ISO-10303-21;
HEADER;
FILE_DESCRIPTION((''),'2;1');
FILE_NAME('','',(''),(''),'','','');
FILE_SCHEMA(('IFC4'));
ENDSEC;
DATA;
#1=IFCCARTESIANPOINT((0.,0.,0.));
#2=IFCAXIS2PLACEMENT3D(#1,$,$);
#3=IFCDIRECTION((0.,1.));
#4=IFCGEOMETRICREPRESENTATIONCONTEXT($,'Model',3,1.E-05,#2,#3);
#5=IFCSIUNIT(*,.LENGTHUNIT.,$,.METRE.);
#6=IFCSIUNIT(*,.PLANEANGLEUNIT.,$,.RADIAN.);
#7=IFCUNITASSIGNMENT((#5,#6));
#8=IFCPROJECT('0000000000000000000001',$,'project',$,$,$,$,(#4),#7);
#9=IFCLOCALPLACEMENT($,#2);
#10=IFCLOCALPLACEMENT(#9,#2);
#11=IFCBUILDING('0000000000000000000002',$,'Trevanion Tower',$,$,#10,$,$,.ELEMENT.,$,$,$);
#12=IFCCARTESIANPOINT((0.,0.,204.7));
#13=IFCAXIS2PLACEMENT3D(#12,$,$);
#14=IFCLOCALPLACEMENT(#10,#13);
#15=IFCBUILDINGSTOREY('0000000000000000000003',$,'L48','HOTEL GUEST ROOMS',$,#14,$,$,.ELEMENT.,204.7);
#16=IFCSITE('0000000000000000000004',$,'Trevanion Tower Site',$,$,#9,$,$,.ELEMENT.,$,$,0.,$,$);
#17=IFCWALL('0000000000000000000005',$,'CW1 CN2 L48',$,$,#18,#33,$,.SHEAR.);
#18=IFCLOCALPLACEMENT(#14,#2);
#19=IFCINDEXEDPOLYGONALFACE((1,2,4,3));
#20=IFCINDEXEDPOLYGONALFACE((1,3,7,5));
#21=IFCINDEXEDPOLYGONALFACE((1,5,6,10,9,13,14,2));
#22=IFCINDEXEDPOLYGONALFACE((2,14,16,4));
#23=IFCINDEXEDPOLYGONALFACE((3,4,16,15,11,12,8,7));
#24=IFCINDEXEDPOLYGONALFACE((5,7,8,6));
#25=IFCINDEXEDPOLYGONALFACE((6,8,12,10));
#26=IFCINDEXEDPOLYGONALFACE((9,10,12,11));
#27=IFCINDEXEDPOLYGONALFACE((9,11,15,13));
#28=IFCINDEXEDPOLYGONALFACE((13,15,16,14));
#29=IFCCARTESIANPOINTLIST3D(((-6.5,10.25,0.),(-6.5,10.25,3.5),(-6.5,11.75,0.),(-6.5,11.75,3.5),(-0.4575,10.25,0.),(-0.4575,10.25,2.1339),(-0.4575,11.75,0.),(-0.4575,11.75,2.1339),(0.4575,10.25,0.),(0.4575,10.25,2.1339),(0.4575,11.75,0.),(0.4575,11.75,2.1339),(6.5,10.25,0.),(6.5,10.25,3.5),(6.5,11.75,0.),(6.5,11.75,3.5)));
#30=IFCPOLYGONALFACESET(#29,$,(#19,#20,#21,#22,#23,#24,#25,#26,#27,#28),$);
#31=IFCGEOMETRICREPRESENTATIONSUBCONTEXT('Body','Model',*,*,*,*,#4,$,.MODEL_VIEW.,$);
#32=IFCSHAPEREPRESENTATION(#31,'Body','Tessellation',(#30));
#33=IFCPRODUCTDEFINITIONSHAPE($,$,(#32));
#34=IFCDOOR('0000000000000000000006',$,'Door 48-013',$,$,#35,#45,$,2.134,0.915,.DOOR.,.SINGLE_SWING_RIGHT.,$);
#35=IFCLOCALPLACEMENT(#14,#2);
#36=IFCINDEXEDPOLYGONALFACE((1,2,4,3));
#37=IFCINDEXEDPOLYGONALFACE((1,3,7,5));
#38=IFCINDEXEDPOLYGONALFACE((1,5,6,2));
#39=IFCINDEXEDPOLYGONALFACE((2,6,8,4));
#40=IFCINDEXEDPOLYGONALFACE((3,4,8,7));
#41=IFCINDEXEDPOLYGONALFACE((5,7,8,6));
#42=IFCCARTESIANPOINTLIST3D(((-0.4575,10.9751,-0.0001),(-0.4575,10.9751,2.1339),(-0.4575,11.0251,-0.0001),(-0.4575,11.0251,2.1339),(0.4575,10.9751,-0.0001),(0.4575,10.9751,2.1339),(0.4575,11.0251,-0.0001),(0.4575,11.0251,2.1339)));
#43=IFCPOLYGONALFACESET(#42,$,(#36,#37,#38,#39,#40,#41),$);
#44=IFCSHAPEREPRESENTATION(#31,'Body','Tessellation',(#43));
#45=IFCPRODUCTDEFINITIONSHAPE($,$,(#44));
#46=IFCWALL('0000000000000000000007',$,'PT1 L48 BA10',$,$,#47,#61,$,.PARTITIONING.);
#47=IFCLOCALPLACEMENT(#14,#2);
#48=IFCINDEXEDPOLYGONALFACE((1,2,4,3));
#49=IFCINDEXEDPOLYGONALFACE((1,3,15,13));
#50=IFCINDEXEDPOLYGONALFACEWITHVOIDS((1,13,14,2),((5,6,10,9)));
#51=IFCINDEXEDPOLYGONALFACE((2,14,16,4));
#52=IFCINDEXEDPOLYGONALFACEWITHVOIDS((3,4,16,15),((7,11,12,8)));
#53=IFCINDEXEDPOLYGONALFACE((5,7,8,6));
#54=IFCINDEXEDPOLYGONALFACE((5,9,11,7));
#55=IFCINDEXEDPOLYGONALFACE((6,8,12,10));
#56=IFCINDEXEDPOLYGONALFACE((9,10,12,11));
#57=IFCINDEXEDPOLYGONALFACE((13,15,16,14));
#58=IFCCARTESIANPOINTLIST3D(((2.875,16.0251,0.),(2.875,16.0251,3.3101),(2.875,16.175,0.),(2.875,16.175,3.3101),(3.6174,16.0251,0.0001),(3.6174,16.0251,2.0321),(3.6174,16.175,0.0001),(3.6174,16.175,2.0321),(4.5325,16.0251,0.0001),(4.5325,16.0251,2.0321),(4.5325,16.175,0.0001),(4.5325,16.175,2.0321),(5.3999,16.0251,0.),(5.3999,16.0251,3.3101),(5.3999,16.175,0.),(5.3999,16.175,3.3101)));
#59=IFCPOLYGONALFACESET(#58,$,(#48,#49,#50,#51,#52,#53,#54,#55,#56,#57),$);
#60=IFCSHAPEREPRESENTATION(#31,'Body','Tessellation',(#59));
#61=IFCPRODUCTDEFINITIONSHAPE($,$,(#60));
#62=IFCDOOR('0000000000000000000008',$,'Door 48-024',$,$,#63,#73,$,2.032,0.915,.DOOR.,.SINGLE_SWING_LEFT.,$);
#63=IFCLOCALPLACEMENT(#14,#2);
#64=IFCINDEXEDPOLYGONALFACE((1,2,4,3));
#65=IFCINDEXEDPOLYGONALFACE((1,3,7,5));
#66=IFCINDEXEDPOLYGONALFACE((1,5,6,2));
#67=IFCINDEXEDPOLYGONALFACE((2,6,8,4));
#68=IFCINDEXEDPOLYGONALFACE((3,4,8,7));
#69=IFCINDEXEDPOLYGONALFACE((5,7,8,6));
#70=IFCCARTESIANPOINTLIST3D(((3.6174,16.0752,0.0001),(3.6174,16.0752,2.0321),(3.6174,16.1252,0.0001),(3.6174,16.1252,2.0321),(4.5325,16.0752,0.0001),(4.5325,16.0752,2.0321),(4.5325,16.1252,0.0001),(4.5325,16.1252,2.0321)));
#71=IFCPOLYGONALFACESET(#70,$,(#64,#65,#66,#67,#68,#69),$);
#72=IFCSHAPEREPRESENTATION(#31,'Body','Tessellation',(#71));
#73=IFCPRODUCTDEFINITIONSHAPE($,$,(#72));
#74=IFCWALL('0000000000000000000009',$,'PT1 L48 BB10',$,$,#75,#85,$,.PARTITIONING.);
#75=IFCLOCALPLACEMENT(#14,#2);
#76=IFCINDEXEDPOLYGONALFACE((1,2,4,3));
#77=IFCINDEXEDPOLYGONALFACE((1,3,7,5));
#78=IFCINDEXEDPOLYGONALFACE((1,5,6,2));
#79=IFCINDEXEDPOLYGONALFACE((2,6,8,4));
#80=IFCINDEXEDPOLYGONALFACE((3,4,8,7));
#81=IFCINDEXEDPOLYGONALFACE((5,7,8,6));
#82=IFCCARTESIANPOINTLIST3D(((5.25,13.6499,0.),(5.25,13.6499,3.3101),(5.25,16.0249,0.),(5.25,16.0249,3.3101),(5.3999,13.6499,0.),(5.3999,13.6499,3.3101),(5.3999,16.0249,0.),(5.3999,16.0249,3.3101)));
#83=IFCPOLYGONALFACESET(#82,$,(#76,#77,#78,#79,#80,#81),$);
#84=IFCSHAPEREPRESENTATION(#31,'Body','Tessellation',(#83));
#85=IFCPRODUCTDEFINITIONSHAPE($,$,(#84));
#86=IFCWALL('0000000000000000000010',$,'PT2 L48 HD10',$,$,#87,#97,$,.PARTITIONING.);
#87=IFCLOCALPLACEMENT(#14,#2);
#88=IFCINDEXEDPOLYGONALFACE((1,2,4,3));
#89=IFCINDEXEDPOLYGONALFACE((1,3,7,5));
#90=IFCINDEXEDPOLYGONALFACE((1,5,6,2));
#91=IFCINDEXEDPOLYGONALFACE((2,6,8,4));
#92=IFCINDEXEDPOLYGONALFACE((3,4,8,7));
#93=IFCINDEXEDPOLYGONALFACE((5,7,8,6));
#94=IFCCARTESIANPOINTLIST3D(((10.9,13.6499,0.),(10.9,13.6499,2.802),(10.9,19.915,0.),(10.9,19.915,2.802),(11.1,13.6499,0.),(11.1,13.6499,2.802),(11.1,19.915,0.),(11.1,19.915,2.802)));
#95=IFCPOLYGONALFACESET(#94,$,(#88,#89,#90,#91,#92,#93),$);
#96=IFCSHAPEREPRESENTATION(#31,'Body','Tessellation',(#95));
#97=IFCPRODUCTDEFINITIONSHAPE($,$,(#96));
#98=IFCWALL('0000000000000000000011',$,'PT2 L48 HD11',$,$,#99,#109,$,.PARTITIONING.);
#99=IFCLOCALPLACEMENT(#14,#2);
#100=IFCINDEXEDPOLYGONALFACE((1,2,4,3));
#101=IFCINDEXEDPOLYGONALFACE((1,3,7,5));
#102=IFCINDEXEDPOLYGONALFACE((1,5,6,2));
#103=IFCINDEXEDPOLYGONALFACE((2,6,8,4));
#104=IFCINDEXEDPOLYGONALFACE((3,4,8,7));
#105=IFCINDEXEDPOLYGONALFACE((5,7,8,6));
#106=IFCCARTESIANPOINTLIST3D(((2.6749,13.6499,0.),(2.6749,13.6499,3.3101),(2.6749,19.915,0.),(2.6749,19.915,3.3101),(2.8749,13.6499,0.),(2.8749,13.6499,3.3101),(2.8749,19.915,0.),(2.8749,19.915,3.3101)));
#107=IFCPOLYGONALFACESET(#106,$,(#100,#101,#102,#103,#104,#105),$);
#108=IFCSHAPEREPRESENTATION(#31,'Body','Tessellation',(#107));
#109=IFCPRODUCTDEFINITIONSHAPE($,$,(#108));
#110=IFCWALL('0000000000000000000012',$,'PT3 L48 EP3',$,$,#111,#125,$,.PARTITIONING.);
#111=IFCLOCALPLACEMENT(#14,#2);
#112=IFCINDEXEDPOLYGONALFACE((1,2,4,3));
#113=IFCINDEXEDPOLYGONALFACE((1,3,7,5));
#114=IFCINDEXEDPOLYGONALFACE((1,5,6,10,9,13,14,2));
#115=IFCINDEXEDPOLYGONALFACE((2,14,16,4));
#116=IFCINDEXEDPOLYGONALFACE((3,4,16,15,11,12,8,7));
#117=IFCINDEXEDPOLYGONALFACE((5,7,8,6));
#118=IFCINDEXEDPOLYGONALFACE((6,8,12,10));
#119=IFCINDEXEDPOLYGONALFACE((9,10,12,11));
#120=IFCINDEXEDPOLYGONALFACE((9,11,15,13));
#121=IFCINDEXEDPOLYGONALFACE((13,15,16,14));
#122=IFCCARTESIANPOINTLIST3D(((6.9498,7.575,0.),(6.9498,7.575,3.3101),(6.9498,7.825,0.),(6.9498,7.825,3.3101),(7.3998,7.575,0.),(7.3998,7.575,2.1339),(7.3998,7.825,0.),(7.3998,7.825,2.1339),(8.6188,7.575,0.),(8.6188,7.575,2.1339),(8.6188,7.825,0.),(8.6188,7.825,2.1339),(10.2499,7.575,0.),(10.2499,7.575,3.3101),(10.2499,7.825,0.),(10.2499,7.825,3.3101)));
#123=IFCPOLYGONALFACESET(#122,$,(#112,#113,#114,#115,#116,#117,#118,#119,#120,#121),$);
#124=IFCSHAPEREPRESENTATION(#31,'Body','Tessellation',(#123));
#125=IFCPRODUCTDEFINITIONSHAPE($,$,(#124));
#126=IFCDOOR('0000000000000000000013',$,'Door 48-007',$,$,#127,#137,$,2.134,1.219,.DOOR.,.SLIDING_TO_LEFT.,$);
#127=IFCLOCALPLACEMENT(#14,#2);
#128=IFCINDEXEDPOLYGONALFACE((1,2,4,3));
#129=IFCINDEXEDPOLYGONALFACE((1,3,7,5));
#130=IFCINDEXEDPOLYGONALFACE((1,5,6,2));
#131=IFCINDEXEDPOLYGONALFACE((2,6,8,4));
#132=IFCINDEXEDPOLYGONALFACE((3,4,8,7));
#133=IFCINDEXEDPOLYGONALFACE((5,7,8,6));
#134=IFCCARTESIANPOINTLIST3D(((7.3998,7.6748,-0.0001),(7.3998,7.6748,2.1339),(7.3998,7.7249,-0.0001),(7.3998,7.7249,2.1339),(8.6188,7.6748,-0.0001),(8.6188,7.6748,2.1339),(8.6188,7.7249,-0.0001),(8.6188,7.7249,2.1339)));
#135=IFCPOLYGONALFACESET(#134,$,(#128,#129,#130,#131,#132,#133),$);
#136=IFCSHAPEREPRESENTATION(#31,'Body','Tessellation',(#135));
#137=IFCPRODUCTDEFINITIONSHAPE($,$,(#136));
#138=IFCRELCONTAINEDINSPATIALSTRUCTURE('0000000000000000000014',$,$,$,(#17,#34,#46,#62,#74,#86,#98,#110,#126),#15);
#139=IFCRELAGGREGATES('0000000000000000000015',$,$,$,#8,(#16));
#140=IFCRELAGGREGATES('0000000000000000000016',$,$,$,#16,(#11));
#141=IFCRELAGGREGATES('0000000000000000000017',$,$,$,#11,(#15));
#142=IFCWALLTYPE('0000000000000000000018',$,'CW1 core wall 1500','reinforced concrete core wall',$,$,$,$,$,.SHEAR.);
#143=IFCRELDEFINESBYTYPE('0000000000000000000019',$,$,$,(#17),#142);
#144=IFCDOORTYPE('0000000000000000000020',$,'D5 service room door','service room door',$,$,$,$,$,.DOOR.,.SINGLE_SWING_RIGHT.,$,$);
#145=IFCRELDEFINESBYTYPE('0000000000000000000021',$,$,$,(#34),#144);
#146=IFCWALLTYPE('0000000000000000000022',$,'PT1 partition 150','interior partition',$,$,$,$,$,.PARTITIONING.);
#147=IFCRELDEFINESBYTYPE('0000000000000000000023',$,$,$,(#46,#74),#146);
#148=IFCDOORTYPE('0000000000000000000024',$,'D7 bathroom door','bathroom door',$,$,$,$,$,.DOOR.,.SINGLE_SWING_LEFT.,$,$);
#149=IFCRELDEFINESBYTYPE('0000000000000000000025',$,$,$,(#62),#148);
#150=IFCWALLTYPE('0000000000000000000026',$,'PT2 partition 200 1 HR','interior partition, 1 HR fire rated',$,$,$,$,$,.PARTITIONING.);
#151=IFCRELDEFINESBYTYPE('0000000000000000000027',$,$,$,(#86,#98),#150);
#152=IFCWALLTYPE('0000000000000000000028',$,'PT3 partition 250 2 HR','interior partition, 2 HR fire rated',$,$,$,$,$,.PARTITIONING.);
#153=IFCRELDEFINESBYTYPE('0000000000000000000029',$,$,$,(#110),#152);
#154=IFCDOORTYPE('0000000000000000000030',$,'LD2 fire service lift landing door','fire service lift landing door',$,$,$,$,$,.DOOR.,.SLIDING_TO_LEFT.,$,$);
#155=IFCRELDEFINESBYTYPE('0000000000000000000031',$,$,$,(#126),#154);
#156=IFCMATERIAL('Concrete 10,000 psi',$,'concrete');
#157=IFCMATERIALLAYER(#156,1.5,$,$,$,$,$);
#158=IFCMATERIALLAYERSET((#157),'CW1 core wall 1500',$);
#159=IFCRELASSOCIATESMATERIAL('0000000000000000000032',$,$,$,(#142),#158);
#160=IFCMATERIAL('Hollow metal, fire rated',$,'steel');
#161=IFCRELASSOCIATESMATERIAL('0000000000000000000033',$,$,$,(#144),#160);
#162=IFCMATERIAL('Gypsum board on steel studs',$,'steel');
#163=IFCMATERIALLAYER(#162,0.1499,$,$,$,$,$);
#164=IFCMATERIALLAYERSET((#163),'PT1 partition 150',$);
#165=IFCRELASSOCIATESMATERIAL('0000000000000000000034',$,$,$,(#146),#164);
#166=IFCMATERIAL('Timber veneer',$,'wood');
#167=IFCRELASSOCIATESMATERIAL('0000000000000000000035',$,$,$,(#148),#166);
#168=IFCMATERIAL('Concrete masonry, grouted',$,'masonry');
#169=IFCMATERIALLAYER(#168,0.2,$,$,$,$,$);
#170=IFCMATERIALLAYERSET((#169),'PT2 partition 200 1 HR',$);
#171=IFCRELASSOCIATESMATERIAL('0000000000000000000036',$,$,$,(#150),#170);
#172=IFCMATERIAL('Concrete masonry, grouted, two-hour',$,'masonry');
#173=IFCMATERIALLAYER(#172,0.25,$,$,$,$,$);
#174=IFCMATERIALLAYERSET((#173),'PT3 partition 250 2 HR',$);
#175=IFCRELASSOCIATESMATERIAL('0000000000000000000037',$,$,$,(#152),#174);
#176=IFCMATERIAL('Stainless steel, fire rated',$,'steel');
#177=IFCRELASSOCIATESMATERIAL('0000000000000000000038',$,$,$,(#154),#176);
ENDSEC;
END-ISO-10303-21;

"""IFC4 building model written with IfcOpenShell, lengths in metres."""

from ifc_helpers import new_model, si_unit, direction, frame, frame_2d, origin, place, context, subcontext, project, spatial, rectangle, extrude, material, layer, layer_set, type_object, element, fill, save


model = new_model("IFC4")

# Units and contexts
model_context = context("Model", 3, precision=1e-05, world=origin(), true_north=direction((0.0, 1.0)))
body_context = subcontext(model_context, "Body", "Model", "MODEL_VIEW")
ifc_project = project(units=[si_unit("LENGTHUNIT", "METRE"), si_unit("PLANEANGLEUNIT", "RADIAN")], contexts=[model_context])

# Site, building, storey
site_placement = place(None, origin())
site = spatial("IfcSite", under=ifc_project, at=site_placement, Name="Trevanion Tower Site", CompositionType="ELEMENT", RefElevation=0.0)
building_placement = place(site_placement, origin())
building = spatial("IfcBuilding", under=site, at=building_placement, Name="Trevanion Tower", CompositionType="ELEMENT")
storey_placement = place(building_placement, frame((0.0, 0.0, 204.7)))
storey = spatial("IfcBuildingStorey", under=building, at=storey_placement, Name="L48", Description="HOTEL GUEST ROOMS", CompositionType="ELEMENT", Elevation=204.7)

# Shared definitions
ifc_material_1 = material(Name="Concrete 10,000 psi", Category="concrete")
ifc_layer_1 = layer(ifc_material_1, 1.5)
ifc_layer_set_1 = layer_set([ifc_layer_1], Name="CW1 core wall 1500")
wall_type_1 = type_object("IfcWallType", Name="CW1 core wall 1500", Description="reinforced concrete core wall", PredefinedType="SHEAR", material=ifc_layer_set_1)

# Walls, openings, doors
wall_1_placement = place(storey_placement, frame((6.5, 11.0, 0.0), z_axis=(0.0, 0.0, 1.0), x_axis=(-1.0, 0.0, 0.0)))
wall_1 = element("IfcWall", 1, at=wall_1_placement, inside=storey, type_object=wall_type_1, Name="CW1 CN2 L48", PredefinedType="SHEAR", context=body_context, shape_type="SweptSolid", body=[
    extrude(rectangle(XDim=13.0, YDim=1.5, at=frame_2d((6.5, 0.0))), origin(), (0.0, 0.0, 1.0), 3.5),
])
opening_1_placement = place(wall_1_placement, frame((6.0425, 0.0, 0.0)))
opening_1 = element("IfcOpeningElement", 2, at=opening_1_placement, cuts=wall_1, PredefinedType="OPENING", context=body_context, shape_type="SweptSolid", body=[
    extrude(rectangle(XDim=0.915, YDim=2.134, at=frame_2d((0.4575, 1.0669))), frame((0.0, 0.76, 0.0), z_axis=(0.0, -1.0, 0.0), x_axis=(1.0, 0.0, 0.0)), (0.0, 0.0, 1.0), 1.52),
])
ifc_material_2 = material(Name="Hollow metal, fire rated", Category="steel")
door_type_1 = type_object("IfcDoorType", Name="D5 service room door", Description="service room door", OperationType="SINGLE_SWING_RIGHT", PredefinedType="DOOR", material=ifc_material_2)
door_1_placement = place(opening_1_placement, origin())
door_1 = element("IfcDoor", 3, at=door_1_placement, inside=storey, type_object=door_type_1, Name="Door 48-013", OperationType="SINGLE_SWING_RIGHT", OverallHeight=2.134, OverallWidth=0.915, PredefinedType="DOOR", context=body_context, shape_type="SweptSolid", body=[
    extrude(rectangle(XDim=0.915, YDim=2.134, at=frame_2d((0.4575, 1.0669))), frame((0.0, 0.0249, 0.0), z_axis=(0.0, -1.0, 0.0), x_axis=(1.0, 0.0, 0.0)), (0.0, 0.0, 1.0), 0.05),
])
fill(opening_1, door_1)
ifc_material_3 = material(Name="Gypsum board on steel studs", Category="steel")
ifc_layer_2 = layer(ifc_material_3, 0.1499)
ifc_layer_set_2 = layer_set([ifc_layer_2], Name="PT1 partition 150")
wall_type_2 = type_object("IfcWallType", Name="PT1 partition 150", Description="interior partition", PredefinedType="PARTITIONING", material=ifc_layer_set_2)
wall_2_placement = place(storey_placement, frame((5.3999, 16.1001, 0.0), z_axis=(0.0, 0.0, 1.0), x_axis=(-1.0, 0.0, 0.0)))
wall_2 = element("IfcWall", 4, at=wall_2_placement, inside=storey, type_object=wall_type_2, Name="PT1 L48 BA10", PredefinedType="PARTITIONING", context=body_context, shape_type="SweptSolid", body=[
    extrude(rectangle(XDim=2.5249, YDim=0.1499, at=frame_2d((1.2625, 0.0))), origin(), (0.0, 0.0, 1.0), 3.3101),
])
opening_2_placement = place(wall_2_placement, frame((0.8674, 0.0, 0.0)))
opening_2 = element("IfcOpeningElement", 5, at=opening_2_placement, cuts=wall_2, PredefinedType="OPENING", context=body_context, shape_type="SweptSolid", body=[
    extrude(rectangle(XDim=0.915, YDim=2.032, at=frame_2d((0.4575, 1.0161))), frame((0.0, 0.085, 0.0), z_axis=(0.0, -1.0, 0.0), x_axis=(1.0, 0.0, 0.0)), (0.0, 0.0, 1.0), 0.1699),
])
ifc_material_4 = material(Name="Timber veneer", Category="wood")
door_type_2 = type_object("IfcDoorType", Name="D7 bathroom door", Description="bathroom door", OperationType="SINGLE_SWING_LEFT", PredefinedType="DOOR", material=ifc_material_4)
door_2_placement = place(opening_2_placement, origin())
door_2 = element("IfcDoor", 6, at=door_2_placement, inside=storey, type_object=door_type_2, Name="Door 48-024", OperationType="SINGLE_SWING_LEFT", OverallHeight=2.032, OverallWidth=0.915, PredefinedType="DOOR", context=body_context, shape_type="SweptSolid", body=[
    extrude(rectangle(XDim=0.915, YDim=2.032, at=frame_2d((0.4575, 1.0161))), frame((0.0, 0.0249, 0.0), z_axis=(0.0, -1.0, 0.0), x_axis=(1.0, 0.0, 0.0)), (0.0, 0.0, 1.0), 0.05),
])
fill(opening_2, door_2)

# Walls
wall_3_placement = place(storey_placement, frame((5.325, 13.6499, 0.0), z_axis=(0.0, 0.0, 1.0), x_axis=(0.0, 1.0, 0.0)))
element("IfcWall", 7, at=wall_3_placement, inside=storey, type_object=wall_type_2, Name="PT1 L48 BB10", PredefinedType="PARTITIONING", context=body_context, shape_type="SweptSolid", body=[
    extrude(rectangle(XDim=2.375, YDim=0.1499, at=frame_2d((1.1875, 0.0))), origin(), (0.0, 0.0, 1.0), 3.3101),
])
ifc_material_5 = material(Name="Concrete masonry, grouted", Category="masonry")
ifc_layer_3 = layer(ifc_material_5, 0.2)
ifc_layer_set_3 = layer_set([ifc_layer_3], Name="PT2 partition 200 1 HR")
wall_type_3 = type_object("IfcWallType", Name="PT2 partition 200 1 HR", Description="interior partition, 1 HR fire rated", PredefinedType="PARTITIONING", material=ifc_layer_set_3)
wall_4_placement = place(storey_placement, frame((11.0, 13.6499, 0.0), z_axis=(0.0, 0.0, 1.0), x_axis=(0.0, 1.0, 0.0)))
element("IfcWall", 8, at=wall_4_placement, inside=storey, type_object=wall_type_3, Name="PT2 L48 HD10", PredefinedType="PARTITIONING", context=body_context, shape_type="SweptSolid", body=[
    extrude(rectangle(XDim=6.2651, YDim=0.2, at=frame_2d((3.1326, 0.0))), origin(), (0.0, 0.0, 1.0), 2.802),
])
wall_5_placement = place(storey_placement, frame((2.7749, 13.6499, 0.0), z_axis=(0.0, 0.0, 1.0), x_axis=(0.0, 1.0, 0.0)))
element("IfcWall", 9, at=wall_5_placement, inside=storey, type_object=wall_type_3, Name="PT2 L48 HD11", PredefinedType="PARTITIONING", context=body_context, shape_type="SweptSolid", body=[
    extrude(rectangle(XDim=6.2651, YDim=0.2, at=frame_2d((3.1326, 0.0))), origin(), (0.0, 0.0, 1.0), 3.3101),
])

# Wall, opening, door
ifc_material_6 = material(Name="Concrete masonry, grouted, two-hour", Category="masonry")
ifc_layer_4 = layer(ifc_material_6, 0.25)
ifc_layer_set_4 = layer_set([ifc_layer_4], Name="PT3 partition 250 2 HR")
wall_type_4 = type_object("IfcWallType", Name="PT3 partition 250 2 HR", Description="interior partition, 2 HR fire rated", PredefinedType="PARTITIONING", material=ifc_layer_set_4)
wall_6_placement = place(storey_placement, frame((6.95, 7.7, 0.0), z_axis=(0.0, 0.0, 1.0), x_axis=(1.0, 0.0, 0.0)))
wall_6 = element("IfcWall", 10, at=wall_6_placement, inside=storey, type_object=wall_type_4, Name="PT3 L48 EP3", PredefinedType="PARTITIONING", context=body_context, shape_type="SweptSolid", body=[
    extrude(rectangle(XDim=3.3, YDim=0.25, at=frame_2d((1.6499, 0.0))), origin(), (0.0, 0.0, 1.0), 3.3101),
])
opening_3_placement = place(wall_6_placement, frame((0.45, 0.0, 0.0)))
opening_3 = element("IfcOpeningElement", 11, at=opening_3_placement, cuts=wall_6, PredefinedType="OPENING", context=body_context, shape_type="SweptSolid", body=[
    extrude(rectangle(XDim=1.219, YDim=2.134, at=frame_2d((0.6094, 1.0669))), frame((0.0, 0.135, 0.0), z_axis=(0.0, -1.0, 0.0), x_axis=(1.0, 0.0, 0.0)), (0.0, 0.0, 1.0), 0.27),
])
ifc_material_7 = material(Name="Stainless steel, fire rated", Category="steel")
door_type_3 = type_object("IfcDoorType", Name="LD2 fire service lift landing door", Description="fire service lift landing door", OperationType="SLIDING_TO_LEFT", PredefinedType="DOOR", material=ifc_material_7)
door_3_placement = place(opening_3_placement, origin())
door_3 = element("IfcDoor", 12, at=door_3_placement, inside=storey, type_object=door_type_3, Name="Door 48-007", OperationType="SLIDING_TO_LEFT", OverallHeight=2.134, OverallWidth=1.219, PredefinedType="DOOR", context=body_context, shape_type="SweptSolid", body=[
    extrude(rectangle(XDim=1.219, YDim=2.134, at=frame_2d((0.6094, 1.0669))), frame((0.0, 0.0249, 0.0), z_axis=(0.0, -1.0, 0.0), x_axis=(1.0, 0.0, 0.0)), (0.0, 0.0, 1.0), 0.05),
])
fill(opening_3, door_3)

save(model, "model.ifc")
